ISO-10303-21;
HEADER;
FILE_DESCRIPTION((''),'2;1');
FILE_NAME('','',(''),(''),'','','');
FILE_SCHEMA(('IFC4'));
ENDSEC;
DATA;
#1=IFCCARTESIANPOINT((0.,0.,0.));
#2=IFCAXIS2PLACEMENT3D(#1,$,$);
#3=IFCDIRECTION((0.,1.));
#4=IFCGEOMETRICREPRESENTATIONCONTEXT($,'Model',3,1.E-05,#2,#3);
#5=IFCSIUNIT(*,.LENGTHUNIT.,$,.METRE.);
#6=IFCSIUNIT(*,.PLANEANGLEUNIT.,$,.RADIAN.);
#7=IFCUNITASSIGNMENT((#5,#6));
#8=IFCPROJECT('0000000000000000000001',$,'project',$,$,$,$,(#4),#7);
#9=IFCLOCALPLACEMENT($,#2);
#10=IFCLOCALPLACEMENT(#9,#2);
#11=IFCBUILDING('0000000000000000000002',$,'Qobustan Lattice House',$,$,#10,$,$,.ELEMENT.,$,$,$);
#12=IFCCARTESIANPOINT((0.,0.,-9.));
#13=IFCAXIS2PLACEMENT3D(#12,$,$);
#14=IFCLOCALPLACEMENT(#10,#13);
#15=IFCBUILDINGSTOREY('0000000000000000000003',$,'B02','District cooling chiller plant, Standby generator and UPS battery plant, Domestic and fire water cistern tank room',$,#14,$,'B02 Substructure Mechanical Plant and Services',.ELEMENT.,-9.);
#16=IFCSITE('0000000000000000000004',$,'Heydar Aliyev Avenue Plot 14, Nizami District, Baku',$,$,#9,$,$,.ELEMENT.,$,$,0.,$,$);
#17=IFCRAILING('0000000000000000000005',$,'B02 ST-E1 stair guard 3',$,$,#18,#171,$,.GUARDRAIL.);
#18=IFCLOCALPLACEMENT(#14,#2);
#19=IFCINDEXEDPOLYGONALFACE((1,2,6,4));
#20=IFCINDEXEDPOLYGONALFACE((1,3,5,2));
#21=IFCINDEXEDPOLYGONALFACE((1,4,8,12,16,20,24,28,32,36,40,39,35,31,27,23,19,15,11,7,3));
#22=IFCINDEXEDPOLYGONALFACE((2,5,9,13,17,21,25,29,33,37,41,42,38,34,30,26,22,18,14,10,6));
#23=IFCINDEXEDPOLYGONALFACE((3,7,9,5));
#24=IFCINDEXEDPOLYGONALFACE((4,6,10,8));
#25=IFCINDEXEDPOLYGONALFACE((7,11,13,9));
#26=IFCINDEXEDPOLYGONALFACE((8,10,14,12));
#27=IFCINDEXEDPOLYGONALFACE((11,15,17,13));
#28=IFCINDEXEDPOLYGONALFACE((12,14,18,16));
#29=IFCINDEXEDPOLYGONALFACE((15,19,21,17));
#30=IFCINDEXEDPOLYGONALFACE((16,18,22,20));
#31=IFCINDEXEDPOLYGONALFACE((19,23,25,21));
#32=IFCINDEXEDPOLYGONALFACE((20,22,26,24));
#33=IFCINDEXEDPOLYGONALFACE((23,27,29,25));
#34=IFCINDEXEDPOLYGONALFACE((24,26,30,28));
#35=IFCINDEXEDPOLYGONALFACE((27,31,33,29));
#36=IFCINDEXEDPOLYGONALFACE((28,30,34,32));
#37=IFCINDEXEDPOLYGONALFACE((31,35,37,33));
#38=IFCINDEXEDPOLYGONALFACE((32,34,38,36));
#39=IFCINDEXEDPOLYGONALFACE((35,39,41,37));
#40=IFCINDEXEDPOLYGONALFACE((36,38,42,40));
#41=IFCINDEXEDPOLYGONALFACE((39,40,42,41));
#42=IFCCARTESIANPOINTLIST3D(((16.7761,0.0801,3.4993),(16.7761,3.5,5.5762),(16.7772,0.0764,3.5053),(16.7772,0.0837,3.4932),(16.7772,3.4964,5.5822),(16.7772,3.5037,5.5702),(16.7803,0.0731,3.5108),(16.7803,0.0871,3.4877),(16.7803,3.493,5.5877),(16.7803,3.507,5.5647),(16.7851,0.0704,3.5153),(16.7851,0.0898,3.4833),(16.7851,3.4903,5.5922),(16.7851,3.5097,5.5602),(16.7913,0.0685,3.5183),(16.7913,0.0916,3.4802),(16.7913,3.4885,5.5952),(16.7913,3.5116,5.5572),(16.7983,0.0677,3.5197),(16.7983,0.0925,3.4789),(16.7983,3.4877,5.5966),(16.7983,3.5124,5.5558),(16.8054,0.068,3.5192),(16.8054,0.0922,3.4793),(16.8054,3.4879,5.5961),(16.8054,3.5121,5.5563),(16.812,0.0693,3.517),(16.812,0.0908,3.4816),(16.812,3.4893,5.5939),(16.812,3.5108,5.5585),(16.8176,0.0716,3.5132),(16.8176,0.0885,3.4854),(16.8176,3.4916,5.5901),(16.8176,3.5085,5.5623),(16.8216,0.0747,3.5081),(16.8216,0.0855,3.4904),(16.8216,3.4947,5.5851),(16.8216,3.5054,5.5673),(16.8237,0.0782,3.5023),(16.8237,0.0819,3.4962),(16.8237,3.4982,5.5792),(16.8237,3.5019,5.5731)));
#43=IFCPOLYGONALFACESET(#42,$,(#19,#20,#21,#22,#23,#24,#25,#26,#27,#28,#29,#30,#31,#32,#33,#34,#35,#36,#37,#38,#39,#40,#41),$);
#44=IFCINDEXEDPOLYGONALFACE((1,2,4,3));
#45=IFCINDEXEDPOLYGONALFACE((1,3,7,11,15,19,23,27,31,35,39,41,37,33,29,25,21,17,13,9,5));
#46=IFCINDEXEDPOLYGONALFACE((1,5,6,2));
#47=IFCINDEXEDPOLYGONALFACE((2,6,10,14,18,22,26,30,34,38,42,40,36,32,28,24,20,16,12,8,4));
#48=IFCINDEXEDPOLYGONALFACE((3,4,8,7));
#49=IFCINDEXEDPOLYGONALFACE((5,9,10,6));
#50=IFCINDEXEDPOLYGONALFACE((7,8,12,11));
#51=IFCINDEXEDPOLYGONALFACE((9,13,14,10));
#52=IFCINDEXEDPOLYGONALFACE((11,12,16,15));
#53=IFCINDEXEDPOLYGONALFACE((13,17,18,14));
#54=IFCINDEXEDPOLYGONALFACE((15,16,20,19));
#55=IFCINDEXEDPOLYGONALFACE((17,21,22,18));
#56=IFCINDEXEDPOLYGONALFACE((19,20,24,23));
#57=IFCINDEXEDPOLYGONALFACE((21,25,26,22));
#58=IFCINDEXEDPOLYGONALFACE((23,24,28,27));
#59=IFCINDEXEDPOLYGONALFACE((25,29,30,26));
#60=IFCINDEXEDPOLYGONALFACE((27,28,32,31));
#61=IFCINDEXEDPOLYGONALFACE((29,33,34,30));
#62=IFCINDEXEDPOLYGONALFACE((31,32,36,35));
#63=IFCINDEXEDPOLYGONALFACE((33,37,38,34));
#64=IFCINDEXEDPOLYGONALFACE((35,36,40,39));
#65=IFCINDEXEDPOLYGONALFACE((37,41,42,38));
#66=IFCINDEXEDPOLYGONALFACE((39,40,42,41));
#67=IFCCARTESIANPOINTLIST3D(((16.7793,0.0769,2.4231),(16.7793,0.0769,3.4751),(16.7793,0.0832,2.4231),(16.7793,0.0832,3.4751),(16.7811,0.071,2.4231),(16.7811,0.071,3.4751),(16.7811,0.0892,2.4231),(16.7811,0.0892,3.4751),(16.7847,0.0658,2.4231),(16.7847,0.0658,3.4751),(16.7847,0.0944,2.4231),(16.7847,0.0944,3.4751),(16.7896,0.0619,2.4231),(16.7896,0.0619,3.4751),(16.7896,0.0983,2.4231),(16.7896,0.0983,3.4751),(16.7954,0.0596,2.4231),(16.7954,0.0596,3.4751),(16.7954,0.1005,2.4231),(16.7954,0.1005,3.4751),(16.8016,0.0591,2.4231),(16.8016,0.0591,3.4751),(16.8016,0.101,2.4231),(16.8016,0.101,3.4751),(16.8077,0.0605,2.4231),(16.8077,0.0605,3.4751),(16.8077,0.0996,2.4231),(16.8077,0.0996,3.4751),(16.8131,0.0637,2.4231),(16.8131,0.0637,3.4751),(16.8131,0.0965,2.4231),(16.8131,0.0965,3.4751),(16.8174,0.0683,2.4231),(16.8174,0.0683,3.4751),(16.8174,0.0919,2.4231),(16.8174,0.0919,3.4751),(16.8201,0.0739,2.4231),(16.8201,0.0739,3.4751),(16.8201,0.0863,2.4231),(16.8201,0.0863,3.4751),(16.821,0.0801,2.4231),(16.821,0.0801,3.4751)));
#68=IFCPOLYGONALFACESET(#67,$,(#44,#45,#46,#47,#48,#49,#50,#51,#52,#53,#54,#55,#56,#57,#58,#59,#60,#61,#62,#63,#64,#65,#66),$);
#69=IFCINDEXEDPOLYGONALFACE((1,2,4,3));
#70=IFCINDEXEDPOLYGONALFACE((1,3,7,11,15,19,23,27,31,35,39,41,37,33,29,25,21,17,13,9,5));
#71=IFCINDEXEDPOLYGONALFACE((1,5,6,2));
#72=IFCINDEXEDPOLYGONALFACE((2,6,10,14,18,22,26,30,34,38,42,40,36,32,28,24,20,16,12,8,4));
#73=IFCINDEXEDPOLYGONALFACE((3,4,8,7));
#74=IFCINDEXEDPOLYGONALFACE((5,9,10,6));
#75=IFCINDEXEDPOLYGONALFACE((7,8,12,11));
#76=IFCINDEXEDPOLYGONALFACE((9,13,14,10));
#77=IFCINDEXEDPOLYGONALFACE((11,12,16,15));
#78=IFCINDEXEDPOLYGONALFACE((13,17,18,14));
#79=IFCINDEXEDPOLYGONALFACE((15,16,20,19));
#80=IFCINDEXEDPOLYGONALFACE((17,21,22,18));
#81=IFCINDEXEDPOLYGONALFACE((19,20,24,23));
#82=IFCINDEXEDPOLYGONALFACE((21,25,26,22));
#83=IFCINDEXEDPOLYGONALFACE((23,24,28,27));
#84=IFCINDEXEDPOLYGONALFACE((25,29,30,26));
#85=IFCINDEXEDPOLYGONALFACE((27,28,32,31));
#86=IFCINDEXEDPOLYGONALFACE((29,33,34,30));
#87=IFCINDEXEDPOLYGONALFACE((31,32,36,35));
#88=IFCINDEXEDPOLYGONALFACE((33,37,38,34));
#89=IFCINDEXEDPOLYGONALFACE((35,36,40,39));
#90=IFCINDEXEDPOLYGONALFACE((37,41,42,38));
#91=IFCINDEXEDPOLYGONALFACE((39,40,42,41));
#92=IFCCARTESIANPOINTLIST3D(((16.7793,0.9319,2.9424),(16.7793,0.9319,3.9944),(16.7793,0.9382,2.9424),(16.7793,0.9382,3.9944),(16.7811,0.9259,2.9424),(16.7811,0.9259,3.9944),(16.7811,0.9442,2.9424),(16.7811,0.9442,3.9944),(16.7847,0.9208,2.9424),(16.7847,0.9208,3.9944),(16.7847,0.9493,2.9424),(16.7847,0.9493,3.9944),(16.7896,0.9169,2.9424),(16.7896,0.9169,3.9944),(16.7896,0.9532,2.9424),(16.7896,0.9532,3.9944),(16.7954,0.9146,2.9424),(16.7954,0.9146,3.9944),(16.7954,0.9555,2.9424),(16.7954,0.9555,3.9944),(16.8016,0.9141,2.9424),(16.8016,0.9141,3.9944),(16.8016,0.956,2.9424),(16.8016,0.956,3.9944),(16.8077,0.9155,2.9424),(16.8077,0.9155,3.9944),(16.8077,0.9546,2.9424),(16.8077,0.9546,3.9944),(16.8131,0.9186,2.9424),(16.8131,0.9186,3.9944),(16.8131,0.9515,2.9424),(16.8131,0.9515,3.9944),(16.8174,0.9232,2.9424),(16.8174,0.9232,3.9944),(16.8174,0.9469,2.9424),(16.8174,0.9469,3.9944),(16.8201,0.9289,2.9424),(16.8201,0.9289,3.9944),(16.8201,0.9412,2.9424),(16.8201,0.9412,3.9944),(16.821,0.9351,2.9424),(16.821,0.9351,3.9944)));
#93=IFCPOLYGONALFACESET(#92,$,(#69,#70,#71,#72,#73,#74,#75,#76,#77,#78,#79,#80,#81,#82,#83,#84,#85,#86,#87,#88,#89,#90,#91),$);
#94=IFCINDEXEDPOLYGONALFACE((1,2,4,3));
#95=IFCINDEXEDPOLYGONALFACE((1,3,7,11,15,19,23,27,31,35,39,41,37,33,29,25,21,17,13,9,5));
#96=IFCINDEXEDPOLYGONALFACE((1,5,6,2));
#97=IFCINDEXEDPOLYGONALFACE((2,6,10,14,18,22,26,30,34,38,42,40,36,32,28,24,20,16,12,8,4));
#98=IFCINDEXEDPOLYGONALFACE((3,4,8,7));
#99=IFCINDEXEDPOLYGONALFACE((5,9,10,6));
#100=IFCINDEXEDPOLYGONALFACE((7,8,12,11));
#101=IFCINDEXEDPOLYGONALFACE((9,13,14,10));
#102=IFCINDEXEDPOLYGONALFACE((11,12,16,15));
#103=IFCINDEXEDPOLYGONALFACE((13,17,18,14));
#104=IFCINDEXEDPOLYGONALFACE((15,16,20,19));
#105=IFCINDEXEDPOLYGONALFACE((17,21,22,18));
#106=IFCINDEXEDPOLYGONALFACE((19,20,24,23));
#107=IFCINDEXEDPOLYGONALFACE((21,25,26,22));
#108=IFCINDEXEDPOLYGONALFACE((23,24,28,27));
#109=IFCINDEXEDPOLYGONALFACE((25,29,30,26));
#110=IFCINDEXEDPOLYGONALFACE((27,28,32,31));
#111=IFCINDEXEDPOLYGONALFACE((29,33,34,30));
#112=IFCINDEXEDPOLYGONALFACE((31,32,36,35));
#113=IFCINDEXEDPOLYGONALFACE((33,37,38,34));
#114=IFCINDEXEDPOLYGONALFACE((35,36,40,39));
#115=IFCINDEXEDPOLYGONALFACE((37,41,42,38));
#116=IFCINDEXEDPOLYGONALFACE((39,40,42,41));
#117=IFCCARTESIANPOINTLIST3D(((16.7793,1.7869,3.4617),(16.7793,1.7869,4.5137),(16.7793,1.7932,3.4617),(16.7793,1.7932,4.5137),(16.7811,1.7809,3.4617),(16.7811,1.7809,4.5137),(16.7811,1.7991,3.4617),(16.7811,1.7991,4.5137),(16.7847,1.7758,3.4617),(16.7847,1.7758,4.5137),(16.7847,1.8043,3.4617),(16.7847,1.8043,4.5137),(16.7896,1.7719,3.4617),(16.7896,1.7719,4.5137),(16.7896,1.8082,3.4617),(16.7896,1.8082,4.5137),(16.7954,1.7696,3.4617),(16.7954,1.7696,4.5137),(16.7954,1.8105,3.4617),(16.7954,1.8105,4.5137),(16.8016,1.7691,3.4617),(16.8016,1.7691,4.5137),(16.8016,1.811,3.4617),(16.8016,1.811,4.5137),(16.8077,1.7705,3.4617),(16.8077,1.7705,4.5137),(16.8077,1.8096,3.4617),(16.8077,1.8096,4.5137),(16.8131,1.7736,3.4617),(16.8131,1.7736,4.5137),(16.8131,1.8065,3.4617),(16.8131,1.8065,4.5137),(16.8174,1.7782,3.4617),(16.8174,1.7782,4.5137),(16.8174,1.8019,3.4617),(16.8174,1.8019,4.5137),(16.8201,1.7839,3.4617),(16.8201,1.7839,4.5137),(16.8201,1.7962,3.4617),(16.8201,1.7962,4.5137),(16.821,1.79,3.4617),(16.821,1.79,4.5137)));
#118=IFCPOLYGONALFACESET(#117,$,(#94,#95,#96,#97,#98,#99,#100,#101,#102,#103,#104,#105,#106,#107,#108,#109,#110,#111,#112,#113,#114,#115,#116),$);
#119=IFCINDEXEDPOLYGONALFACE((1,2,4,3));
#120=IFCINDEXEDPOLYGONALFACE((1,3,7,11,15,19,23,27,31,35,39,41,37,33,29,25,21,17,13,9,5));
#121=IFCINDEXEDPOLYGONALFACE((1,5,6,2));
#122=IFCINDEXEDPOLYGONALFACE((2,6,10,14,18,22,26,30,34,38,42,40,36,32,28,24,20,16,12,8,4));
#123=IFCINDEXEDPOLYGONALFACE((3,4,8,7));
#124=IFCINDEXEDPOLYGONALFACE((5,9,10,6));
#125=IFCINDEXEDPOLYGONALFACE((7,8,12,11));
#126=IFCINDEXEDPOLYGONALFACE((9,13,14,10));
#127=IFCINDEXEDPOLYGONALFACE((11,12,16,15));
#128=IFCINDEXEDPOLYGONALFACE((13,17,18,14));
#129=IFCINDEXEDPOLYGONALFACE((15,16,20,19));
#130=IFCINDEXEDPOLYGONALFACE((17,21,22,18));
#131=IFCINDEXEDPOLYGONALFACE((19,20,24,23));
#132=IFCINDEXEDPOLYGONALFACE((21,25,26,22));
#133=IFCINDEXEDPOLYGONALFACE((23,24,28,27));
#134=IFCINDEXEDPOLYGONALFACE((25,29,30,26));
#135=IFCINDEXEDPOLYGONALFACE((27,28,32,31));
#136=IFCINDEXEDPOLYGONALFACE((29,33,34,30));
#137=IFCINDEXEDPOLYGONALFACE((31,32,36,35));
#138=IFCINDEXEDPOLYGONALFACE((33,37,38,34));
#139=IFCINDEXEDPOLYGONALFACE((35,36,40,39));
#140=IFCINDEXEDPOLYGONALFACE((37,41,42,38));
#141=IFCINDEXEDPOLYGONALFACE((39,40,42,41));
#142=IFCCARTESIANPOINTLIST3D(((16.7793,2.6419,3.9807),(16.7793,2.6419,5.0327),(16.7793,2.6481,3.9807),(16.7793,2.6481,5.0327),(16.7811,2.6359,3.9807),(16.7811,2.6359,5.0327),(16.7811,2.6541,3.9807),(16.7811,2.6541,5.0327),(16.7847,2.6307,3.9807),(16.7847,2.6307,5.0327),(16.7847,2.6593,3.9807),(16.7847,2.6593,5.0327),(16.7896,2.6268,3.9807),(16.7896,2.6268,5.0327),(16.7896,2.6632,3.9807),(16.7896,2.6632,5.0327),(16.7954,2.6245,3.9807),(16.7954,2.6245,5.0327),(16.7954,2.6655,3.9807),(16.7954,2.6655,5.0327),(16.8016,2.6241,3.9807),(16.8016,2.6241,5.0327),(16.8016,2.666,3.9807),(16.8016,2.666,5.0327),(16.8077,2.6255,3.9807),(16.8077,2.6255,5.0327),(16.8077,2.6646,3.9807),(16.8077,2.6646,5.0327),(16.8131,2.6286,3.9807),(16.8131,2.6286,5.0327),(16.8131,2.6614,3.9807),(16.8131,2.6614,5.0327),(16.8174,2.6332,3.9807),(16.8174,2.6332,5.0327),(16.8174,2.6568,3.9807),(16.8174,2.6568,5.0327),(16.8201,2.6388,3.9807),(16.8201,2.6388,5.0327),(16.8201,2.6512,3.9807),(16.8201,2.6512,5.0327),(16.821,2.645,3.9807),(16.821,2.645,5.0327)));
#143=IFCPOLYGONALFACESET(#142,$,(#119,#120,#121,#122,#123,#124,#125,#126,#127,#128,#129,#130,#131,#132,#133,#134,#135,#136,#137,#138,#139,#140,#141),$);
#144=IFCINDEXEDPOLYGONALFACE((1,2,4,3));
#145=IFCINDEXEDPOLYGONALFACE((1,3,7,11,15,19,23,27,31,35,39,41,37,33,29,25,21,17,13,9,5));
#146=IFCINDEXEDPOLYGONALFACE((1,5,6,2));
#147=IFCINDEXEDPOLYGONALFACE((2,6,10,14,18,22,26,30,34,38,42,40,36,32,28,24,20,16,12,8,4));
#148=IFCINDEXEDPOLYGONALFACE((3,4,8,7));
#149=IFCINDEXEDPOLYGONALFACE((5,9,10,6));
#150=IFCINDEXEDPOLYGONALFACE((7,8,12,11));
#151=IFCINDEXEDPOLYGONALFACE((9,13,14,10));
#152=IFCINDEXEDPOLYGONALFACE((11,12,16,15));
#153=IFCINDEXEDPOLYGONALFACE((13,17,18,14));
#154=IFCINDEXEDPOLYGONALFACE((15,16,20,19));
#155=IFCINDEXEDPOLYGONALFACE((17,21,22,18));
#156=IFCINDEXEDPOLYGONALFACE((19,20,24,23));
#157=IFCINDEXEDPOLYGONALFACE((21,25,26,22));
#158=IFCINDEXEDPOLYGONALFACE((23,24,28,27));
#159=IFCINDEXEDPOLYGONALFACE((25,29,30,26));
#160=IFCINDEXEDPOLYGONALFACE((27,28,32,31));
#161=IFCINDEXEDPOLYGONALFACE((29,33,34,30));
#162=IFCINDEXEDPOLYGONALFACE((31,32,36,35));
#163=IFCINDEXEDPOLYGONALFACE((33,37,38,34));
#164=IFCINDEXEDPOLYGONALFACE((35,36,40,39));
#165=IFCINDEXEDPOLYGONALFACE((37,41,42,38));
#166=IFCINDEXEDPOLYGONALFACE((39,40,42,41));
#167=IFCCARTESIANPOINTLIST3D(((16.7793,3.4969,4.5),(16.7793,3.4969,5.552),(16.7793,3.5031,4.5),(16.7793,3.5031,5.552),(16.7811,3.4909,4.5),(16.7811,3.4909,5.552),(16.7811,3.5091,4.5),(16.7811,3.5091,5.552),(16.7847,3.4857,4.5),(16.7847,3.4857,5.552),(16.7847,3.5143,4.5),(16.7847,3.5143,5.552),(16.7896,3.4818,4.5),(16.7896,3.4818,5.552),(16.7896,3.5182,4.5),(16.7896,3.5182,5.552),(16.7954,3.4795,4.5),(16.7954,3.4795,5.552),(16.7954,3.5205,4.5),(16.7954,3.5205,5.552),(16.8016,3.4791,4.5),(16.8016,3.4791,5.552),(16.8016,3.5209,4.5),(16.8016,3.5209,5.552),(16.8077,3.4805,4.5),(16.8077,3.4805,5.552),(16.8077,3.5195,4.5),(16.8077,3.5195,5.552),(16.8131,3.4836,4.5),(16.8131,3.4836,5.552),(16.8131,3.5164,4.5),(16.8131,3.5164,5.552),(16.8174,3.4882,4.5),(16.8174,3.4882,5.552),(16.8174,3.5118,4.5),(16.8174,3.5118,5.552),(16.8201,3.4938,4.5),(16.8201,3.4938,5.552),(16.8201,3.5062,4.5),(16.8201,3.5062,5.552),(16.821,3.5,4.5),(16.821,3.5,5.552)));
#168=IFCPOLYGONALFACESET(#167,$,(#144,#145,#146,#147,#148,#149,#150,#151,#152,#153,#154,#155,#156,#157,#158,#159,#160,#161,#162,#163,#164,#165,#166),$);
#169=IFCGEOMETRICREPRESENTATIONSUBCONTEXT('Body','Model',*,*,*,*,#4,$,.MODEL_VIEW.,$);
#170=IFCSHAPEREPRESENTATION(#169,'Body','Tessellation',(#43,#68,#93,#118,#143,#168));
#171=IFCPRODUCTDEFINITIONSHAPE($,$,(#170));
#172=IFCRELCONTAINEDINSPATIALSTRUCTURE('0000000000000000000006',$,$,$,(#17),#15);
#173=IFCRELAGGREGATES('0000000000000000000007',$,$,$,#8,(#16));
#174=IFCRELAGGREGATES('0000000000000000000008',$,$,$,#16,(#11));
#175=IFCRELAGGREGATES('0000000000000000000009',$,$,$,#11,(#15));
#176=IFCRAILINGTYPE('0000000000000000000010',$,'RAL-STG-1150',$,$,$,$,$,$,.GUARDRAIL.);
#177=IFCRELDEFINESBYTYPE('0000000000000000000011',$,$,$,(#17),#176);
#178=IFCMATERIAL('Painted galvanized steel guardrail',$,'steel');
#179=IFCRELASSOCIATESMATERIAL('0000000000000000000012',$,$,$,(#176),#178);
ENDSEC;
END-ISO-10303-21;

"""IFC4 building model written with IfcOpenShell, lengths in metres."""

from ifc_helpers import new_model, si_unit, direction, frame, origin, origin_2d, place, context, subcontext, project, spatial, circle, extrude, material, type_object, element, save


model = new_model("IFC4")

# Units and contexts
model_context = context("Model", 3, precision=1e-05, world=origin(), true_north=direction((0.0, 1.0)))
body_context = subcontext(model_context, "Body", "Model", "MODEL_VIEW")
ifc_project = project(units=[si_unit("LENGTHUNIT", "METRE"), si_unit("PLANEANGLEUNIT", "RADIAN")], contexts=[model_context])

# Site, building, storey
site_placement = place(None, origin())
site = spatial("IfcSite", under=ifc_project, at=site_placement, Name="Heydar Aliyev Avenue Plot 14, Nizami District, Baku", CompositionType="ELEMENT", RefElevation=0.0)
building_placement = place(site_placement, origin())
building = spatial("IfcBuilding", under=site, at=building_placement, Name="Qobustan Lattice House", CompositionType="ELEMENT")
storey_placement = place(building_placement, frame((0.0, 0.0, -9.0)))
storey = spatial("IfcBuildingStorey", under=building, at=storey_placement, Name="B02", Description="District cooling chiller plant, Standby generator and UPS battery plant, Domestic and fire water cistern tank room", LongName="B02 Substructure Mechanical Plant and Services", CompositionType="ELEMENT", Elevation=-9.0)

# Railing
ifc_material_1 = material(Name="Painted galvanized steel guardrail", Category="steel")
railing_type_1 = type_object("IfcRailingType", Name="RAL-STG-1150", PredefinedType="GUARDRAIL", material=ifc_material_1)
railing_1_placement = place(storey_placement, frame((16.8, 0.0801, 2.4231)))
element("IfcRailing", 1, at=railing_1_placement, inside=storey, type_object=railing_type_1, Name="B02 ST-E1 stair guard 3", PredefinedType="GUARDRAIL", context=body_context, shape_type="SweptSolid", body=[
    extrude(circle(Radius=0.0239, at=origin_2d()), frame((0.0, 0.0, 1.0762), z_axis=(0.0, 0.85473, 0.519074), x_axis=(-1.0, 0.0, 0.0)), (0.0, 0.0, 1.0), 4.0012),
    extrude(circle(Radius=0.021, at=origin_2d()), origin(), (0.0, 0.0, 1.0), 1.052),
    extrude(circle(Radius=0.021, at=origin_2d()), frame((0.0, 0.855, 0.5193)), (0.0, 0.0, 1.0), 1.052),
    extrude(circle(Radius=0.021, at=origin_2d()), frame((0.0, 1.71, 1.0386)), (0.0, 0.0, 1.0), 1.052),
    extrude(circle(Radius=0.021, at=origin_2d()), frame((0.0, 2.5649, 1.5576)), (0.0, 0.0, 1.0), 1.052),
    extrude(circle(Radius=0.021, at=origin_2d()), frame((0.0, 3.4199, 2.0769)), (0.0, 0.0, 1.0), 1.052),
])

save(model, "model.ifc")
